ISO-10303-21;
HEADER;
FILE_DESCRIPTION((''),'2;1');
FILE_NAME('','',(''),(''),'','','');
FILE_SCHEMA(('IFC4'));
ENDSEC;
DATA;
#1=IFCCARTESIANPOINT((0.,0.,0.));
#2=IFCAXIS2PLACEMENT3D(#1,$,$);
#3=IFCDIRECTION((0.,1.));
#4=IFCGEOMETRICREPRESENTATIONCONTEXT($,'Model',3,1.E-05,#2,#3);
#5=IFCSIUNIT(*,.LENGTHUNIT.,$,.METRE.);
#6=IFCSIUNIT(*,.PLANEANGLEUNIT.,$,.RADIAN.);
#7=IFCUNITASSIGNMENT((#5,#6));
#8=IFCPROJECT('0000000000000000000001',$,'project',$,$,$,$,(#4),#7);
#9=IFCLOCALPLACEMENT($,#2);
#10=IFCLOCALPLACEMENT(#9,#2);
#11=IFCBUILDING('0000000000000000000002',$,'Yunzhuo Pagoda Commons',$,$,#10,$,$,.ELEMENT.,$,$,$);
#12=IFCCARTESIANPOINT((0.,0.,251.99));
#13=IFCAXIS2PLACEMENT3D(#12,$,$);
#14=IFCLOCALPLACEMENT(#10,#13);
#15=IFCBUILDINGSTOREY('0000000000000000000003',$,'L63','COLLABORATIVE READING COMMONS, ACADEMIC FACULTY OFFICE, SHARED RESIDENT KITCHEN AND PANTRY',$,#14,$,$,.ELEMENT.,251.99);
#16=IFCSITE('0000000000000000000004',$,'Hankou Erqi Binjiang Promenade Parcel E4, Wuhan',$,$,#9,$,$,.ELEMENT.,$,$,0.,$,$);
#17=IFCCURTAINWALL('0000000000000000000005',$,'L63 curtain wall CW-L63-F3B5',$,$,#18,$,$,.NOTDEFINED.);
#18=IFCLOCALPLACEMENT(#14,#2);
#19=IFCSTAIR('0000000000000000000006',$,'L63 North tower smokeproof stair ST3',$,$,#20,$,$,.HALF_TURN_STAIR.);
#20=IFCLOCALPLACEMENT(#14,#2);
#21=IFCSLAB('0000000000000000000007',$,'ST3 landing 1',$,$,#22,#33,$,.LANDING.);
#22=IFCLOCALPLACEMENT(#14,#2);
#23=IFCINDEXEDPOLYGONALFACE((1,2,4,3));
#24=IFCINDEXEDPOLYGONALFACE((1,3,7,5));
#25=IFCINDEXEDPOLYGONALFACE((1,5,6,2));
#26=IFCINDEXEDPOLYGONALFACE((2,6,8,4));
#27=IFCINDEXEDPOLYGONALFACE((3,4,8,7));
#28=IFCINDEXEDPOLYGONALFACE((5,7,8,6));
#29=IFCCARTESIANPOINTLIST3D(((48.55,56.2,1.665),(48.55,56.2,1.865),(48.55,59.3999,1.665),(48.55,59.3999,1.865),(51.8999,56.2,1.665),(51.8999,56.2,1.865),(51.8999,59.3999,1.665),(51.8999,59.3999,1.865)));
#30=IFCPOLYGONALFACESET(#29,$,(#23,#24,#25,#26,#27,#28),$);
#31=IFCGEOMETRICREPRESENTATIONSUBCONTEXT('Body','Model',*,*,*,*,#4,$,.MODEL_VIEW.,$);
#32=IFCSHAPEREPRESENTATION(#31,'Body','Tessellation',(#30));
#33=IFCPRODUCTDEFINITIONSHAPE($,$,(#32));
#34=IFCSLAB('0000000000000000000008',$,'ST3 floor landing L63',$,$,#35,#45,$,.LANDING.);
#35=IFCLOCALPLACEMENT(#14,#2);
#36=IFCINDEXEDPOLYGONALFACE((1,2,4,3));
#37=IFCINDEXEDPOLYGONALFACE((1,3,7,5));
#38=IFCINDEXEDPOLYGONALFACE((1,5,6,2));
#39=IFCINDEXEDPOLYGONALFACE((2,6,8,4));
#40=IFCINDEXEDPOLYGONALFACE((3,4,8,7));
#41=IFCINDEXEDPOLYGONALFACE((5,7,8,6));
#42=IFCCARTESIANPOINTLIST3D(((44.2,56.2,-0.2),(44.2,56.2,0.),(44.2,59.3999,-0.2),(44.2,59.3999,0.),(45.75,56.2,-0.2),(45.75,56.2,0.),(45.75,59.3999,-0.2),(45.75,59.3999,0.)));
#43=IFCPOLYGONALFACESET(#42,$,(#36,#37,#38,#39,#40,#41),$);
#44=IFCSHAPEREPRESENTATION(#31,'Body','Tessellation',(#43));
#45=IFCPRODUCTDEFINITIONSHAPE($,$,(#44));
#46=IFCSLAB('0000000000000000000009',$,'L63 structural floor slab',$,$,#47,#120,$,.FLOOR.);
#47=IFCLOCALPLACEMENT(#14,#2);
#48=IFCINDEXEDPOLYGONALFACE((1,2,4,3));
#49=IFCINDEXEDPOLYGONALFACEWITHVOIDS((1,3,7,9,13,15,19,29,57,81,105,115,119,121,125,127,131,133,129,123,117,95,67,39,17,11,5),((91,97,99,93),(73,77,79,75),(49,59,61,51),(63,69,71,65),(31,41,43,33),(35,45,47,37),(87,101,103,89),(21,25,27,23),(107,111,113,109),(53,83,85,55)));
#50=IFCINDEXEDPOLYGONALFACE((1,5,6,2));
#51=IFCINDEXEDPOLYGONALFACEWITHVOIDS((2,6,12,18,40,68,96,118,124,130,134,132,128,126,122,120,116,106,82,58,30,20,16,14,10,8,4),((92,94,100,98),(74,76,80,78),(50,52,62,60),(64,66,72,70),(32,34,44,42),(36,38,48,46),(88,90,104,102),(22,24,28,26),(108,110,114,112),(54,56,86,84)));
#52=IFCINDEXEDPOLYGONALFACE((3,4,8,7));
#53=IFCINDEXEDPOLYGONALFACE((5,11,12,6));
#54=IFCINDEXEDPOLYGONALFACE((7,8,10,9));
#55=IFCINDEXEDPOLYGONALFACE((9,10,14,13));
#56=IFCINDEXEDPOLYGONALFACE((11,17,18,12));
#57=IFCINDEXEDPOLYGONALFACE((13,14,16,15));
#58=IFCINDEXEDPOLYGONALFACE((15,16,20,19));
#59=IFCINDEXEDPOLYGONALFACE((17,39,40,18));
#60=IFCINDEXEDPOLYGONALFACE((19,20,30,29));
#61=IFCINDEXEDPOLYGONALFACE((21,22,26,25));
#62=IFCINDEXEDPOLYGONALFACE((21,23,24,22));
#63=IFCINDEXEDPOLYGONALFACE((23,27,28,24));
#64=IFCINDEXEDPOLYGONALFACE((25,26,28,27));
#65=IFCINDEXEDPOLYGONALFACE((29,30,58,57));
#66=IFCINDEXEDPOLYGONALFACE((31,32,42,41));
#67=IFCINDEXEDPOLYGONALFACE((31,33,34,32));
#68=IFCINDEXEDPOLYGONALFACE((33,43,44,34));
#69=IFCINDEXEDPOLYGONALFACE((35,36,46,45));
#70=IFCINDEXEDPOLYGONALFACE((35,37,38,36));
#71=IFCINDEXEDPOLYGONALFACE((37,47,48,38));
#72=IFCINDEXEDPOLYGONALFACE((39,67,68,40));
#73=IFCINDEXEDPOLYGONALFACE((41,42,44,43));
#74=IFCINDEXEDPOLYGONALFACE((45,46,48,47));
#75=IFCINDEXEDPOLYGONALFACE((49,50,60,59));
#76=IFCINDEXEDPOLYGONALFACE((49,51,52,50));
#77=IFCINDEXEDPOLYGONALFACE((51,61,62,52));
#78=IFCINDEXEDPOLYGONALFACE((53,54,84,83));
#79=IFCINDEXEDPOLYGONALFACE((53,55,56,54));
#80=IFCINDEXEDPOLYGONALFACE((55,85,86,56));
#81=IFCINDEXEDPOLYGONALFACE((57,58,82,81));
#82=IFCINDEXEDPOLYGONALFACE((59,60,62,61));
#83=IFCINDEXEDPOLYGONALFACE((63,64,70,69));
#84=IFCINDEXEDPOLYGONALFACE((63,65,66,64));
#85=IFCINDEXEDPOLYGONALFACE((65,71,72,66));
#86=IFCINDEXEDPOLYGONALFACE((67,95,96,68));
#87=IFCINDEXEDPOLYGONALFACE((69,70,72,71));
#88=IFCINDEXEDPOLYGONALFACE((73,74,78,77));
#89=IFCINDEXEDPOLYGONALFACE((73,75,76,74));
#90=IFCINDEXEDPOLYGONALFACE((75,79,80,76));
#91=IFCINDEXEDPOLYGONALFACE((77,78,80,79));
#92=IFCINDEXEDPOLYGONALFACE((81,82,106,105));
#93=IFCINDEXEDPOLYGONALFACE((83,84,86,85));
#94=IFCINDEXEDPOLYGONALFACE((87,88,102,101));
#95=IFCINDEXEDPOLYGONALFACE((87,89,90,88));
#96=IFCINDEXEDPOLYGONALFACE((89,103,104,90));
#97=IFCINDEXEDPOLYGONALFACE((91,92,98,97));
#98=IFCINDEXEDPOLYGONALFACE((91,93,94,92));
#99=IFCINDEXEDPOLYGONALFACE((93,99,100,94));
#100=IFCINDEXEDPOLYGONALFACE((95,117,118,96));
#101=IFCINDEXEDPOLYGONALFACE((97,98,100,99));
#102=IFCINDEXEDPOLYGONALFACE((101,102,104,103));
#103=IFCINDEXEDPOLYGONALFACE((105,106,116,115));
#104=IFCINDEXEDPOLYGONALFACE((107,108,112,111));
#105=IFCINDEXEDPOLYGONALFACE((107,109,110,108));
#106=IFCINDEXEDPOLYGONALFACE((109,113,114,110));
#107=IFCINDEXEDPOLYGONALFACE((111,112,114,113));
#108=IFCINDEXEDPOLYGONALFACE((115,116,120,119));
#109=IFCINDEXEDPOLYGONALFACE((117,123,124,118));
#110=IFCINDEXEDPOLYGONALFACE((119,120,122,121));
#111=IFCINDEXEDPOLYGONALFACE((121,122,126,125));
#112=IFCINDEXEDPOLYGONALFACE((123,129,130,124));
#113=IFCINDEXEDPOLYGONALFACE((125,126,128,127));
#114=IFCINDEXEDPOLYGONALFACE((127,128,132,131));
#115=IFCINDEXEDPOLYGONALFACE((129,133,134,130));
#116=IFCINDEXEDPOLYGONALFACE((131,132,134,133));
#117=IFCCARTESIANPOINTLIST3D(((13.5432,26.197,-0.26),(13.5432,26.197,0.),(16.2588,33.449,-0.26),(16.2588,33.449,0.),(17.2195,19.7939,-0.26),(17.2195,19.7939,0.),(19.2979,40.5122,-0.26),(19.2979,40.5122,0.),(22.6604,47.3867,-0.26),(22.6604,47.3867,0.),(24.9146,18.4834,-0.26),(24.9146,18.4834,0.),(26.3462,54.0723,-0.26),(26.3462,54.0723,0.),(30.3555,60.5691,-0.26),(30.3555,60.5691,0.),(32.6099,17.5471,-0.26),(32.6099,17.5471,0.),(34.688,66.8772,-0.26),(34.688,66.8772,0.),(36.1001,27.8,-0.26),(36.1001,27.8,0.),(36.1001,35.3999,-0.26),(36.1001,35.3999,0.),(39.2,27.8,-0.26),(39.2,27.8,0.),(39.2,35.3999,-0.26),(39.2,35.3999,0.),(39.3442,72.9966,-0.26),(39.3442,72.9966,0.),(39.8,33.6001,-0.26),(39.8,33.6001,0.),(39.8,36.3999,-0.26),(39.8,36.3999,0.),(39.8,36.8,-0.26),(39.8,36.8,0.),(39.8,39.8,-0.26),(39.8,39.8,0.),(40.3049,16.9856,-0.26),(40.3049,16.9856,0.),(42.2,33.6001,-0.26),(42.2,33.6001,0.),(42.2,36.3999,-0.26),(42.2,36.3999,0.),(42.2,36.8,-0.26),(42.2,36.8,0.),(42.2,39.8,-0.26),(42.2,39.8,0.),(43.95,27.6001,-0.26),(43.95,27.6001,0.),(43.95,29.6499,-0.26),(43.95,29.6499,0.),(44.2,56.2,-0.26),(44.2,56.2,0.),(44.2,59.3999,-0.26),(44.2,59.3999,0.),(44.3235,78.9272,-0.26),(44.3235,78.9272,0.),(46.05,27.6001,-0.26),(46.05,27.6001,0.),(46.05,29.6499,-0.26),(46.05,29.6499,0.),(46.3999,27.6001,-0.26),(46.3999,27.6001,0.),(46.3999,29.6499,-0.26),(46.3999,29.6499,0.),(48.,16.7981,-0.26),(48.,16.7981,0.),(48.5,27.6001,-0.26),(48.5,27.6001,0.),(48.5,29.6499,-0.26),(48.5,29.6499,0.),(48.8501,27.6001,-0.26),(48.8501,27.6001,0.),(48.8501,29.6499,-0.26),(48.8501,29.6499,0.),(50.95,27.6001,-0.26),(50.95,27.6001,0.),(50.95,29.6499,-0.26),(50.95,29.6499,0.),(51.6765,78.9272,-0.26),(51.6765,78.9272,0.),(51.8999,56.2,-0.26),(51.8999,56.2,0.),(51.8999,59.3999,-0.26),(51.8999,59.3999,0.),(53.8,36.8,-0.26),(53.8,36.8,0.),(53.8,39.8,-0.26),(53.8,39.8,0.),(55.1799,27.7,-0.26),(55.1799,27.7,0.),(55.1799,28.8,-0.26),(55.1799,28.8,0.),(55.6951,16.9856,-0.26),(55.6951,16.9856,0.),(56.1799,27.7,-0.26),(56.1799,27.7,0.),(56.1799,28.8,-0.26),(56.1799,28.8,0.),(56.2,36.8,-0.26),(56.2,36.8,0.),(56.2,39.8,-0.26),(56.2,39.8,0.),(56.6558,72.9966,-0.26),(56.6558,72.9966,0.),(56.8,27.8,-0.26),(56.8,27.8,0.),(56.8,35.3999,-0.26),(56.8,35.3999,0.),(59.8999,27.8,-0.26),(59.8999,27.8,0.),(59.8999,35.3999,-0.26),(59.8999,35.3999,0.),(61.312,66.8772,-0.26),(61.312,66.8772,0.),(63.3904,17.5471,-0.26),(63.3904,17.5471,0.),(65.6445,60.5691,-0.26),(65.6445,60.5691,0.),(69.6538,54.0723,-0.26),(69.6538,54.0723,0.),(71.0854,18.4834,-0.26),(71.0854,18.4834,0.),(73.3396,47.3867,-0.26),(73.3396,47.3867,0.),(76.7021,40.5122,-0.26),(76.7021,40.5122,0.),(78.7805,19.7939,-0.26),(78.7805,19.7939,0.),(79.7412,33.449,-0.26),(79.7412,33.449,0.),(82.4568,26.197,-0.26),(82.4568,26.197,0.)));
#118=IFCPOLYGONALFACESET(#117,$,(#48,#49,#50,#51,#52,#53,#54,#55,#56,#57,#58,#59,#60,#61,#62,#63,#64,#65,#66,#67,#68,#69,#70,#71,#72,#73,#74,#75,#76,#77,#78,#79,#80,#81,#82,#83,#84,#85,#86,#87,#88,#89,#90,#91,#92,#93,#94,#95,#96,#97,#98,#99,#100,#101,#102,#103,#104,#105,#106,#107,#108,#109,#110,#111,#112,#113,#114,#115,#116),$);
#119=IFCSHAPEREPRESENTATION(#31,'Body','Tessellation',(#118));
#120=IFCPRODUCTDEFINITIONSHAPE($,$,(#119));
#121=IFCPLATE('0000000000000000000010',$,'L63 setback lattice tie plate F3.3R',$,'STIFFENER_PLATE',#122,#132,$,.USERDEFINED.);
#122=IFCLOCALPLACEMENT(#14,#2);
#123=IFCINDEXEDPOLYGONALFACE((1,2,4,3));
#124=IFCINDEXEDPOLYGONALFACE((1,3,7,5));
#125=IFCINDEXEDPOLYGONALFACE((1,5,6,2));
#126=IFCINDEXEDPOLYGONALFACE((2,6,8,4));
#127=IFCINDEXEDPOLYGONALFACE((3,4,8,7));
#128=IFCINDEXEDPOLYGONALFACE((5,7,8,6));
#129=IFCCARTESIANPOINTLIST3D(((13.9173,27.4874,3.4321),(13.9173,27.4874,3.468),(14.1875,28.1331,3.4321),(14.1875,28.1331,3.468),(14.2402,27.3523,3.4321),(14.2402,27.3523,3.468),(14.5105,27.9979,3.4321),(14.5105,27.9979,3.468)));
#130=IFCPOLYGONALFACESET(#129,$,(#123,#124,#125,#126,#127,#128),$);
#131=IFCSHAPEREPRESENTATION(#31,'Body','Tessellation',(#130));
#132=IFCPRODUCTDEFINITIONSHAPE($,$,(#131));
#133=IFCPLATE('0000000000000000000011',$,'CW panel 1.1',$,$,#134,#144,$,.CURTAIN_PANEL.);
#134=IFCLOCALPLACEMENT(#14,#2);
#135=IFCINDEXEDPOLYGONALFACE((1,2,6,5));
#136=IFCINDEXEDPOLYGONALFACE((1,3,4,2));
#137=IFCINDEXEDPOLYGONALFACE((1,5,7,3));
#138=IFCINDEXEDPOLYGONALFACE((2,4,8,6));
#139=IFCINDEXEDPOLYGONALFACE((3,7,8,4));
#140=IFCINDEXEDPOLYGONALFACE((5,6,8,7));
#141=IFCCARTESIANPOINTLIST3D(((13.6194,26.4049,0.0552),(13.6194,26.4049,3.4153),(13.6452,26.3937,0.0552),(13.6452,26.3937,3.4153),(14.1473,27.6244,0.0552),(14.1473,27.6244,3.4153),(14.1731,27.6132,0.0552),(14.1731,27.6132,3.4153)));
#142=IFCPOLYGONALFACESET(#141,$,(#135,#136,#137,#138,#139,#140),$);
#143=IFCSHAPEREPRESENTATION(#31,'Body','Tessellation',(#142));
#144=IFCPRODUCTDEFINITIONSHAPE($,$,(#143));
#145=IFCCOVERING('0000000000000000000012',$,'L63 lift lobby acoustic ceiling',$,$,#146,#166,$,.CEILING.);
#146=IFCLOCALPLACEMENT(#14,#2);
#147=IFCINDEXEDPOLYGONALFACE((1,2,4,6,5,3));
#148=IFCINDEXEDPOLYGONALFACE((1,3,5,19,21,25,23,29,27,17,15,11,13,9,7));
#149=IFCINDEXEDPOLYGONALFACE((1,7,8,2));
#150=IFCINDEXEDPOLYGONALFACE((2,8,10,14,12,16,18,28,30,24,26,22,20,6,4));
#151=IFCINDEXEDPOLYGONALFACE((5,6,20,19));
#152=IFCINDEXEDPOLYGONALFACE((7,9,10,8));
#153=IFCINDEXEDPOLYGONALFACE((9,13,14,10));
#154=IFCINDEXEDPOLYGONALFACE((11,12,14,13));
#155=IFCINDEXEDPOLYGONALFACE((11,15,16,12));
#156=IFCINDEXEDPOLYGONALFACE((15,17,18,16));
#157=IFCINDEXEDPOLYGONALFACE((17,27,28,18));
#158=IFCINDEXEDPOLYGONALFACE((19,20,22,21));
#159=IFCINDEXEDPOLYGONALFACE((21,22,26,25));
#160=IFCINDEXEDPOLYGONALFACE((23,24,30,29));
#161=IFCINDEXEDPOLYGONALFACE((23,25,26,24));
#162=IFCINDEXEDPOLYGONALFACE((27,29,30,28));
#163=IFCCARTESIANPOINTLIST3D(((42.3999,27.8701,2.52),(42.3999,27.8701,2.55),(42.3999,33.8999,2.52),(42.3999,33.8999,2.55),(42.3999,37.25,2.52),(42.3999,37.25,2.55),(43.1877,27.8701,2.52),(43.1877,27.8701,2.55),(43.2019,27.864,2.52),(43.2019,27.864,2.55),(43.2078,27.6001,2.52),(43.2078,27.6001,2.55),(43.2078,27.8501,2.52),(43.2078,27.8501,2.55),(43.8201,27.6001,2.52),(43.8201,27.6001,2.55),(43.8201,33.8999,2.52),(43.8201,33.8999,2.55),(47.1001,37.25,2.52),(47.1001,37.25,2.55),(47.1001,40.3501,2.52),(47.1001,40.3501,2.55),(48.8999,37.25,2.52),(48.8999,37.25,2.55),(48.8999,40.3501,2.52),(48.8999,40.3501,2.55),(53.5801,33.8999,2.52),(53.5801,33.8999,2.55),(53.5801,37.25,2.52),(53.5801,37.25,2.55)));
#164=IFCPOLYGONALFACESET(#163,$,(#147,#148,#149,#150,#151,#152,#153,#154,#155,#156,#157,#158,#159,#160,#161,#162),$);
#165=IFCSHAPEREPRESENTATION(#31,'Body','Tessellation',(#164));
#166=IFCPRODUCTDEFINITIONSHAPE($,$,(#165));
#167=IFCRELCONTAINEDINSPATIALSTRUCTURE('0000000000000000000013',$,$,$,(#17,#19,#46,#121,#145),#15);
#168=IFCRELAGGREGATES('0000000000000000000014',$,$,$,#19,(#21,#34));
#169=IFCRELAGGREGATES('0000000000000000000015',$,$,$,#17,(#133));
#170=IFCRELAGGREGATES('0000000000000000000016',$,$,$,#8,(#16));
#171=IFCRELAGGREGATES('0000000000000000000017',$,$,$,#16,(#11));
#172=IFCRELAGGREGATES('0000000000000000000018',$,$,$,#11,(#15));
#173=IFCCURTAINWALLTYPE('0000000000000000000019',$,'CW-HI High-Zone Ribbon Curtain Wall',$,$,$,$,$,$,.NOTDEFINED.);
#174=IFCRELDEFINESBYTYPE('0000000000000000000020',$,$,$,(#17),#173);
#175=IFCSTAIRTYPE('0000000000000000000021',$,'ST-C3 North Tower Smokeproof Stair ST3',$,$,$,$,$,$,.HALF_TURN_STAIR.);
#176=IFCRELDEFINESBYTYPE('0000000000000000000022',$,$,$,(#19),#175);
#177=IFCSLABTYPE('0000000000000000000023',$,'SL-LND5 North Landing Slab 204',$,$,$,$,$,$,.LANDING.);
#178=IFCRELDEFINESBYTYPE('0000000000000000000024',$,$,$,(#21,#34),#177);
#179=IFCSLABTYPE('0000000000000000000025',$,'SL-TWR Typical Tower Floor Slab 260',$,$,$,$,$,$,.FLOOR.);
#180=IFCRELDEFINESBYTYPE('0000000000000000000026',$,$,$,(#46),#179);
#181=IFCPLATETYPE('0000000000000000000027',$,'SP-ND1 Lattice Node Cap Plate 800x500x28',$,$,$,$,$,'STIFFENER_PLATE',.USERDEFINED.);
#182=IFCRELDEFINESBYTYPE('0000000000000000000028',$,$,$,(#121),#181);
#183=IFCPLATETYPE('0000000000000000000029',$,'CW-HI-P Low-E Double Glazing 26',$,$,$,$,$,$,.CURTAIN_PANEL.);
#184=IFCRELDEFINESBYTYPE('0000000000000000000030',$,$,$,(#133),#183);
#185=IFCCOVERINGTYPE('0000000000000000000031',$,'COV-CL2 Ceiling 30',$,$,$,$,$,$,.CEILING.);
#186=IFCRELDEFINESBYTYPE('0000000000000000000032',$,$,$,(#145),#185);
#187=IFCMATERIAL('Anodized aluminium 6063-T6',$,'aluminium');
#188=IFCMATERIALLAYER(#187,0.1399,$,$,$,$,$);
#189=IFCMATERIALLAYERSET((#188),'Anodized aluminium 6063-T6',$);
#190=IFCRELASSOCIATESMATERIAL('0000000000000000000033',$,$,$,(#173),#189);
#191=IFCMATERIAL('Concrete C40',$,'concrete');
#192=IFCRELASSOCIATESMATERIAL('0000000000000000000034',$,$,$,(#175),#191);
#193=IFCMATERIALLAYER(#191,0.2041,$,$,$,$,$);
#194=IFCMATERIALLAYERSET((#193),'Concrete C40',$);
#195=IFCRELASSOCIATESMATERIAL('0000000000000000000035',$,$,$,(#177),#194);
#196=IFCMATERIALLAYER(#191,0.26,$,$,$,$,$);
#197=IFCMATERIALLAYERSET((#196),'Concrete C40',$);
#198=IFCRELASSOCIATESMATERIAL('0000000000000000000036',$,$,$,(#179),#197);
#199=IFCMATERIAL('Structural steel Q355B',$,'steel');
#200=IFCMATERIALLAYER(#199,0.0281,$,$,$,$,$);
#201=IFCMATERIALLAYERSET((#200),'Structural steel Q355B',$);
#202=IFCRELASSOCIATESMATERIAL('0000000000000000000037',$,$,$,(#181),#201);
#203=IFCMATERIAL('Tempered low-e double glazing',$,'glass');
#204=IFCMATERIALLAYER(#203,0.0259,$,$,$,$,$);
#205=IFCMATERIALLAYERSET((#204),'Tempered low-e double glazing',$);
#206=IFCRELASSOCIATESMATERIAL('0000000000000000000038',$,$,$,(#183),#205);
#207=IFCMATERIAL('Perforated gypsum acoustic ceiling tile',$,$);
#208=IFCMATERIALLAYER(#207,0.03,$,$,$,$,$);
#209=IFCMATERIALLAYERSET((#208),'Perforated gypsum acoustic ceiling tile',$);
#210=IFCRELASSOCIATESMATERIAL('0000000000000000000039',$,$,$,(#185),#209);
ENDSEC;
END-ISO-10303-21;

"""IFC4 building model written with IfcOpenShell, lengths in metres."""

from ifc_helpers import new_model, si_unit, direction, frame, origin, origin_2d, place, context, subcontext, project, spatial, polyline, rectangle, outline, extrude, source, transform, mapped, material, layer, layer_set, type_object, element, aggregate, save


model = new_model("IFC4")

# Units and contexts
model_context = context("Model", 3, precision=1e-05, world=origin(), true_north=direction((0.0, 1.0)))
body_context = subcontext(model_context, "Body", "Model", "MODEL_VIEW")
ifc_project = project(units=[si_unit("LENGTHUNIT", "METRE"), si_unit("PLANEANGLEUNIT", "RADIAN")], contexts=[model_context])

# Site, building, storey
site_placement = place(None, origin())
site = spatial("IfcSite", under=ifc_project, at=site_placement, Name="Hankou Erqi Binjiang Promenade Parcel E4, Wuhan", CompositionType="ELEMENT", RefElevation=0.0)
building_placement = place(site_placement, origin())
building = spatial("IfcBuilding", under=site, at=building_placement, Name="Yunzhuo Pagoda Commons", CompositionType="ELEMENT")
storey_placement = place(building_placement, frame((0.0, 0.0, 251.99)))
storey = spatial("IfcBuildingStorey", under=building, at=storey_placement, Name="L63", Description="COLLABORATIVE READING COMMONS, ACADEMIC FACULTY OFFICE, SHARED RESIDENT KITCHEN AND PANTRY", CompositionType="ELEMENT", Elevation=251.99)

# Shared definitions
ifc_material_1 = material(Name="Anodized aluminium 6063-T6", Category="aluminium")
ifc_layer_1 = layer(ifc_material_1, 0.1399)
ifc_layer_set_1 = layer_set([ifc_layer_1], Name="Anodized aluminium 6063-T6")
curtain_wall_type = type_object("IfcCurtainWallType", Name="CW-HI High-Zone Ribbon Curtain Wall", PredefinedType="NOTDEFINED", material=ifc_layer_set_1)

# Curtain wall
curtain_wall_1_placement = place(storey_placement, origin())
curtain_wall_1 = element("IfcCurtainWall", 1, at=curtain_wall_1_placement, inside=storey, type_object=curtain_wall_type, Name="L63 curtain wall CW-L63-F3B5", PredefinedType="NOTDEFINED")

# Shared definitions
ifc_material_2 = material(Name="Concrete C40", Category="concrete")

# Stair, slabs
stair_type_1 = type_object("IfcStairType", Name="ST-C3 North Tower Smokeproof Stair ST3", PredefinedType="HALF_TURN_STAIR", material=ifc_material_2)
stair_1_placement = place(storey_placement, origin())
stair_1 = element("IfcStair", 2, at=stair_1_placement, inside=storey, type_object=stair_type_1, Name="L63 North tower smokeproof stair ST3", PredefinedType="HALF_TURN_STAIR")
ifc_layer_2 = layer(ifc_material_2, 0.2041)
ifc_layer_set_2 = layer_set([ifc_layer_2], Name="Concrete C40")
slab_type_1 = type_object("IfcSlabType", Name="SL-LND5 North Landing Slab 204", PredefinedType="LANDING", material=ifc_layer_set_2)
slab_1_placement = place(storey_placement, frame((0.0, 0.0, 1.665)))
slab_1 = element("IfcSlab", 3, at=slab_1_placement, type_object=slab_type_1, Name="ST3 landing 1", PredefinedType="LANDING", context=body_context, shape_type="SweptSolid", body=[
    extrude(outline(polyline([(48.55, 56.2), (51.8999, 56.2), (51.8999, 59.3999), (48.55, 59.3999), (48.55, 56.2)])), origin(), (0.0, 0.0, 1.0), 0.2),
])
slab_2_placement = place(storey_placement, frame((0.0, 0.0, -0.2)))
slab_2 = element("IfcSlab", 4, at=slab_2_placement, type_object=slab_type_1, Name="ST3 floor landing L63", PredefinedType="LANDING", context=body_context, shape_type="SweptSolid", body=[
    extrude(outline(polyline([(44.2, 56.2), (45.75, 56.2), (45.75, 59.3999), (44.2, 59.3999), (44.2, 56.2)])), origin(), (0.0, 0.0, 1.0), 0.2),
])
aggregate(stair_1, [slab_1, slab_2])

# Slab
ifc_layer_3 = layer(ifc_material_2, 0.26)
ifc_layer_set_3 = layer_set([ifc_layer_3], Name="Concrete C40")
slab_type_2 = type_object("IfcSlabType", Name="SL-TWR Typical Tower Floor Slab 260", PredefinedType="FLOOR", material=ifc_layer_set_3)
slab_3_placement = place(storey_placement, frame((0.0, 0.0, -0.26)))
element("IfcSlab", 5, at=slab_3_placement, inside=storey, type_object=slab_type_2, Name="L63 structural floor slab", PredefinedType="FLOOR", context=body_context, shape_type="SweptSolid", body=[
    extrude(outline(polyline([(16.2588, 33.449), (19.2979, 40.5122), (22.6604, 47.3867), (26.3462, 54.0723), (30.3555, 60.5691), (34.688, 66.8772), (39.3442, 72.9966), (44.3235, 78.9272), (51.6765, 78.9272), (56.6558, 72.9966), (61.312, 66.8772), (65.6445, 60.5691), (69.6538, 54.0723), (73.3396, 47.3867), (76.7021, 40.5122), (79.7412, 33.449), (82.4568, 26.197), (78.7805, 19.7939), (71.0854, 18.4834), (63.3904, 17.5471), (55.6951, 16.9856), (48.0, 16.7981), (40.3049, 16.9856), (32.6099, 17.5471), (24.9146, 18.4834), (17.2195, 19.7939), (13.5432, 26.197), (16.2588, 33.449)]), holes=[polyline([(56.1799, 28.8), (55.1799, 28.8), (55.1799, 27.7), (56.1799, 27.7), (56.1799, 28.8)]), polyline([(46.05, 29.6499), (43.95, 29.6499), (43.95, 27.6001), (46.05, 27.6001), (46.05, 29.6499)]), polyline([(48.5, 29.6499), (46.3999, 29.6499), (46.3999, 27.6001), (48.5, 27.6001), (48.5, 29.6499)]), polyline([(50.95, 27.6001), (50.95, 29.6499), (48.8501, 29.6499), (48.8501, 27.6001), (50.95, 27.6001)]), polyline([(36.1001, 27.8), (39.2, 27.8), (39.2, 35.3999), (36.1001, 35.3999), (36.1001, 27.8)]), polyline([(59.8999, 27.8), (59.8999, 35.3999), (56.8, 35.3999), (56.8, 27.8), (59.8999, 27.8)]), polyline([(42.2, 36.3999), (39.8, 36.3999), (39.8, 33.6001), (42.2, 33.6001), (42.2, 36.3999)]), polyline([(42.2, 39.8), (39.8, 39.8), (39.8, 36.8), (42.2, 36.8), (42.2, 39.8)]), polyline([(56.2, 36.8), (56.2, 39.8), (53.8, 39.8), (53.8, 36.8), (56.2, 36.8)]), polyline([(51.8999, 56.2), (51.8999, 59.3999), (44.2, 59.3999), (44.2, 56.2), (51.8999, 56.2)])]), origin(), (0.0, 0.0, 1.0), 0.26),
])

# Plates
ifc_material_3 = material(Name="Structural steel Q355B", Category="steel")
ifc_layer_4 = layer(ifc_material_3, 0.0281)
ifc_layer_set_4 = layer_set([ifc_layer_4], Name="Structural steel Q355B")
plate_type_1 = type_object("IfcPlateType", Name="SP-ND1 Lattice Node Cap Plate 800x500x28", ElementType="STIFFENER_PLATE", PredefinedType="USERDEFINED", material=ifc_layer_set_4)
shared_shape_1 = source(origin(), body_context, "Body", "SweptSolid", [
    extrude(rectangle(XDim=0.7, YDim=0.3501, at=origin_2d()), origin(), (0.0, 0.0, 1.0), 0.0359),
])
plate_1_placement = place(storey_placement, frame((14.2139, 27.7427, 3.4321), z_axis=(0.0, 0.0, 1.0), x_axis=(-0.386115, -0.922451, 0.0)))
element("IfcPlate", 6, at=plate_1_placement, inside=storey, type_object=plate_type_1, Name="L63 setback lattice tie plate F3.3R", ObjectType="STIFFENER_PLATE", PredefinedType="USERDEFINED", context=body_context, shape_type="MappedRepresentation", body=[
    mapped(shared_shape_1, transform((0.0, 0.0, 0.0), scale=1.0)),
])
ifc_material_4 = material(Name="Tempered low-e double glazing", Category="glass")
ifc_layer_5 = layer(ifc_material_4, 0.0259)
ifc_layer_set_5 = layer_set([ifc_layer_5], Name="Tempered low-e double glazing")
plate_type_2 = type_object("IfcPlateType", Name="CW-HI-P Low-E Double Glazing 26", PredefinedType="CURTAIN_PANEL", material=ifc_layer_set_5)
shared_shape_2 = source(origin(), body_context, "Body", "SweptSolid", [
    extrude(rectangle(XDim=1.3289, YDim=0.0281, at=origin_2d()), origin(), (0.0, 0.0, 1.0), 3.3601),
])
plate_2_placement = place(storey_placement, frame((13.8962, 27.009, 0.0552), z_axis=(0.0, 0.0, 1.0), x_axis=(-0.397257, -0.917707, 0.0)))
plate_2 = element("IfcPlate", 7, at=plate_2_placement, type_object=plate_type_2, Name="CW panel 1.1", PredefinedType="CURTAIN_PANEL", context=body_context, shape_type="MappedRepresentation", body=[
    mapped(shared_shape_2, transform((0.0, 0.0, 0.0), scale=1.0)),
])
aggregate(curtain_wall_1, [plate_2])

# Covering
ifc_material_5 = material(Name="Perforated gypsum acoustic ceiling tile")
ifc_layer_6 = layer(ifc_material_5, 0.03)
ifc_layer_set_6 = layer_set([ifc_layer_6], Name="Perforated gypsum acoustic ceiling tile")
covering_type_1 = type_object("IfcCoveringType", Name="COV-CL2 Ceiling 30", PredefinedType="CEILING", material=ifc_layer_set_6)
covering_1_placement = place(storey_placement, frame((0.0, 0.0, 2.52)))
element("IfcCovering", 8, at=covering_1_placement, inside=storey, type_object=covering_type_1, Name="L63 lift lobby acoustic ceiling", PredefinedType="CEILING", context=body_context, shape_type="SweptSolid", body=[
    extrude(outline(polyline([(43.2078, 27.8501), (43.2019, 27.864), (43.1877, 27.8701), (42.3999, 27.8701), (42.3999, 33.8999), (42.3999, 37.25), (47.1001, 37.25), (47.1001, 40.3501), (48.8999, 40.3501), (48.8999, 37.25), (53.5801, 37.25), (53.5801, 33.8999), (43.8201, 33.8999), (43.8201, 27.6001), (43.2078, 27.6001), (43.2078, 27.8501)])), origin(), (0.0, 0.0, 1.0), 0.03),
])

save(model, "model.ifc")
